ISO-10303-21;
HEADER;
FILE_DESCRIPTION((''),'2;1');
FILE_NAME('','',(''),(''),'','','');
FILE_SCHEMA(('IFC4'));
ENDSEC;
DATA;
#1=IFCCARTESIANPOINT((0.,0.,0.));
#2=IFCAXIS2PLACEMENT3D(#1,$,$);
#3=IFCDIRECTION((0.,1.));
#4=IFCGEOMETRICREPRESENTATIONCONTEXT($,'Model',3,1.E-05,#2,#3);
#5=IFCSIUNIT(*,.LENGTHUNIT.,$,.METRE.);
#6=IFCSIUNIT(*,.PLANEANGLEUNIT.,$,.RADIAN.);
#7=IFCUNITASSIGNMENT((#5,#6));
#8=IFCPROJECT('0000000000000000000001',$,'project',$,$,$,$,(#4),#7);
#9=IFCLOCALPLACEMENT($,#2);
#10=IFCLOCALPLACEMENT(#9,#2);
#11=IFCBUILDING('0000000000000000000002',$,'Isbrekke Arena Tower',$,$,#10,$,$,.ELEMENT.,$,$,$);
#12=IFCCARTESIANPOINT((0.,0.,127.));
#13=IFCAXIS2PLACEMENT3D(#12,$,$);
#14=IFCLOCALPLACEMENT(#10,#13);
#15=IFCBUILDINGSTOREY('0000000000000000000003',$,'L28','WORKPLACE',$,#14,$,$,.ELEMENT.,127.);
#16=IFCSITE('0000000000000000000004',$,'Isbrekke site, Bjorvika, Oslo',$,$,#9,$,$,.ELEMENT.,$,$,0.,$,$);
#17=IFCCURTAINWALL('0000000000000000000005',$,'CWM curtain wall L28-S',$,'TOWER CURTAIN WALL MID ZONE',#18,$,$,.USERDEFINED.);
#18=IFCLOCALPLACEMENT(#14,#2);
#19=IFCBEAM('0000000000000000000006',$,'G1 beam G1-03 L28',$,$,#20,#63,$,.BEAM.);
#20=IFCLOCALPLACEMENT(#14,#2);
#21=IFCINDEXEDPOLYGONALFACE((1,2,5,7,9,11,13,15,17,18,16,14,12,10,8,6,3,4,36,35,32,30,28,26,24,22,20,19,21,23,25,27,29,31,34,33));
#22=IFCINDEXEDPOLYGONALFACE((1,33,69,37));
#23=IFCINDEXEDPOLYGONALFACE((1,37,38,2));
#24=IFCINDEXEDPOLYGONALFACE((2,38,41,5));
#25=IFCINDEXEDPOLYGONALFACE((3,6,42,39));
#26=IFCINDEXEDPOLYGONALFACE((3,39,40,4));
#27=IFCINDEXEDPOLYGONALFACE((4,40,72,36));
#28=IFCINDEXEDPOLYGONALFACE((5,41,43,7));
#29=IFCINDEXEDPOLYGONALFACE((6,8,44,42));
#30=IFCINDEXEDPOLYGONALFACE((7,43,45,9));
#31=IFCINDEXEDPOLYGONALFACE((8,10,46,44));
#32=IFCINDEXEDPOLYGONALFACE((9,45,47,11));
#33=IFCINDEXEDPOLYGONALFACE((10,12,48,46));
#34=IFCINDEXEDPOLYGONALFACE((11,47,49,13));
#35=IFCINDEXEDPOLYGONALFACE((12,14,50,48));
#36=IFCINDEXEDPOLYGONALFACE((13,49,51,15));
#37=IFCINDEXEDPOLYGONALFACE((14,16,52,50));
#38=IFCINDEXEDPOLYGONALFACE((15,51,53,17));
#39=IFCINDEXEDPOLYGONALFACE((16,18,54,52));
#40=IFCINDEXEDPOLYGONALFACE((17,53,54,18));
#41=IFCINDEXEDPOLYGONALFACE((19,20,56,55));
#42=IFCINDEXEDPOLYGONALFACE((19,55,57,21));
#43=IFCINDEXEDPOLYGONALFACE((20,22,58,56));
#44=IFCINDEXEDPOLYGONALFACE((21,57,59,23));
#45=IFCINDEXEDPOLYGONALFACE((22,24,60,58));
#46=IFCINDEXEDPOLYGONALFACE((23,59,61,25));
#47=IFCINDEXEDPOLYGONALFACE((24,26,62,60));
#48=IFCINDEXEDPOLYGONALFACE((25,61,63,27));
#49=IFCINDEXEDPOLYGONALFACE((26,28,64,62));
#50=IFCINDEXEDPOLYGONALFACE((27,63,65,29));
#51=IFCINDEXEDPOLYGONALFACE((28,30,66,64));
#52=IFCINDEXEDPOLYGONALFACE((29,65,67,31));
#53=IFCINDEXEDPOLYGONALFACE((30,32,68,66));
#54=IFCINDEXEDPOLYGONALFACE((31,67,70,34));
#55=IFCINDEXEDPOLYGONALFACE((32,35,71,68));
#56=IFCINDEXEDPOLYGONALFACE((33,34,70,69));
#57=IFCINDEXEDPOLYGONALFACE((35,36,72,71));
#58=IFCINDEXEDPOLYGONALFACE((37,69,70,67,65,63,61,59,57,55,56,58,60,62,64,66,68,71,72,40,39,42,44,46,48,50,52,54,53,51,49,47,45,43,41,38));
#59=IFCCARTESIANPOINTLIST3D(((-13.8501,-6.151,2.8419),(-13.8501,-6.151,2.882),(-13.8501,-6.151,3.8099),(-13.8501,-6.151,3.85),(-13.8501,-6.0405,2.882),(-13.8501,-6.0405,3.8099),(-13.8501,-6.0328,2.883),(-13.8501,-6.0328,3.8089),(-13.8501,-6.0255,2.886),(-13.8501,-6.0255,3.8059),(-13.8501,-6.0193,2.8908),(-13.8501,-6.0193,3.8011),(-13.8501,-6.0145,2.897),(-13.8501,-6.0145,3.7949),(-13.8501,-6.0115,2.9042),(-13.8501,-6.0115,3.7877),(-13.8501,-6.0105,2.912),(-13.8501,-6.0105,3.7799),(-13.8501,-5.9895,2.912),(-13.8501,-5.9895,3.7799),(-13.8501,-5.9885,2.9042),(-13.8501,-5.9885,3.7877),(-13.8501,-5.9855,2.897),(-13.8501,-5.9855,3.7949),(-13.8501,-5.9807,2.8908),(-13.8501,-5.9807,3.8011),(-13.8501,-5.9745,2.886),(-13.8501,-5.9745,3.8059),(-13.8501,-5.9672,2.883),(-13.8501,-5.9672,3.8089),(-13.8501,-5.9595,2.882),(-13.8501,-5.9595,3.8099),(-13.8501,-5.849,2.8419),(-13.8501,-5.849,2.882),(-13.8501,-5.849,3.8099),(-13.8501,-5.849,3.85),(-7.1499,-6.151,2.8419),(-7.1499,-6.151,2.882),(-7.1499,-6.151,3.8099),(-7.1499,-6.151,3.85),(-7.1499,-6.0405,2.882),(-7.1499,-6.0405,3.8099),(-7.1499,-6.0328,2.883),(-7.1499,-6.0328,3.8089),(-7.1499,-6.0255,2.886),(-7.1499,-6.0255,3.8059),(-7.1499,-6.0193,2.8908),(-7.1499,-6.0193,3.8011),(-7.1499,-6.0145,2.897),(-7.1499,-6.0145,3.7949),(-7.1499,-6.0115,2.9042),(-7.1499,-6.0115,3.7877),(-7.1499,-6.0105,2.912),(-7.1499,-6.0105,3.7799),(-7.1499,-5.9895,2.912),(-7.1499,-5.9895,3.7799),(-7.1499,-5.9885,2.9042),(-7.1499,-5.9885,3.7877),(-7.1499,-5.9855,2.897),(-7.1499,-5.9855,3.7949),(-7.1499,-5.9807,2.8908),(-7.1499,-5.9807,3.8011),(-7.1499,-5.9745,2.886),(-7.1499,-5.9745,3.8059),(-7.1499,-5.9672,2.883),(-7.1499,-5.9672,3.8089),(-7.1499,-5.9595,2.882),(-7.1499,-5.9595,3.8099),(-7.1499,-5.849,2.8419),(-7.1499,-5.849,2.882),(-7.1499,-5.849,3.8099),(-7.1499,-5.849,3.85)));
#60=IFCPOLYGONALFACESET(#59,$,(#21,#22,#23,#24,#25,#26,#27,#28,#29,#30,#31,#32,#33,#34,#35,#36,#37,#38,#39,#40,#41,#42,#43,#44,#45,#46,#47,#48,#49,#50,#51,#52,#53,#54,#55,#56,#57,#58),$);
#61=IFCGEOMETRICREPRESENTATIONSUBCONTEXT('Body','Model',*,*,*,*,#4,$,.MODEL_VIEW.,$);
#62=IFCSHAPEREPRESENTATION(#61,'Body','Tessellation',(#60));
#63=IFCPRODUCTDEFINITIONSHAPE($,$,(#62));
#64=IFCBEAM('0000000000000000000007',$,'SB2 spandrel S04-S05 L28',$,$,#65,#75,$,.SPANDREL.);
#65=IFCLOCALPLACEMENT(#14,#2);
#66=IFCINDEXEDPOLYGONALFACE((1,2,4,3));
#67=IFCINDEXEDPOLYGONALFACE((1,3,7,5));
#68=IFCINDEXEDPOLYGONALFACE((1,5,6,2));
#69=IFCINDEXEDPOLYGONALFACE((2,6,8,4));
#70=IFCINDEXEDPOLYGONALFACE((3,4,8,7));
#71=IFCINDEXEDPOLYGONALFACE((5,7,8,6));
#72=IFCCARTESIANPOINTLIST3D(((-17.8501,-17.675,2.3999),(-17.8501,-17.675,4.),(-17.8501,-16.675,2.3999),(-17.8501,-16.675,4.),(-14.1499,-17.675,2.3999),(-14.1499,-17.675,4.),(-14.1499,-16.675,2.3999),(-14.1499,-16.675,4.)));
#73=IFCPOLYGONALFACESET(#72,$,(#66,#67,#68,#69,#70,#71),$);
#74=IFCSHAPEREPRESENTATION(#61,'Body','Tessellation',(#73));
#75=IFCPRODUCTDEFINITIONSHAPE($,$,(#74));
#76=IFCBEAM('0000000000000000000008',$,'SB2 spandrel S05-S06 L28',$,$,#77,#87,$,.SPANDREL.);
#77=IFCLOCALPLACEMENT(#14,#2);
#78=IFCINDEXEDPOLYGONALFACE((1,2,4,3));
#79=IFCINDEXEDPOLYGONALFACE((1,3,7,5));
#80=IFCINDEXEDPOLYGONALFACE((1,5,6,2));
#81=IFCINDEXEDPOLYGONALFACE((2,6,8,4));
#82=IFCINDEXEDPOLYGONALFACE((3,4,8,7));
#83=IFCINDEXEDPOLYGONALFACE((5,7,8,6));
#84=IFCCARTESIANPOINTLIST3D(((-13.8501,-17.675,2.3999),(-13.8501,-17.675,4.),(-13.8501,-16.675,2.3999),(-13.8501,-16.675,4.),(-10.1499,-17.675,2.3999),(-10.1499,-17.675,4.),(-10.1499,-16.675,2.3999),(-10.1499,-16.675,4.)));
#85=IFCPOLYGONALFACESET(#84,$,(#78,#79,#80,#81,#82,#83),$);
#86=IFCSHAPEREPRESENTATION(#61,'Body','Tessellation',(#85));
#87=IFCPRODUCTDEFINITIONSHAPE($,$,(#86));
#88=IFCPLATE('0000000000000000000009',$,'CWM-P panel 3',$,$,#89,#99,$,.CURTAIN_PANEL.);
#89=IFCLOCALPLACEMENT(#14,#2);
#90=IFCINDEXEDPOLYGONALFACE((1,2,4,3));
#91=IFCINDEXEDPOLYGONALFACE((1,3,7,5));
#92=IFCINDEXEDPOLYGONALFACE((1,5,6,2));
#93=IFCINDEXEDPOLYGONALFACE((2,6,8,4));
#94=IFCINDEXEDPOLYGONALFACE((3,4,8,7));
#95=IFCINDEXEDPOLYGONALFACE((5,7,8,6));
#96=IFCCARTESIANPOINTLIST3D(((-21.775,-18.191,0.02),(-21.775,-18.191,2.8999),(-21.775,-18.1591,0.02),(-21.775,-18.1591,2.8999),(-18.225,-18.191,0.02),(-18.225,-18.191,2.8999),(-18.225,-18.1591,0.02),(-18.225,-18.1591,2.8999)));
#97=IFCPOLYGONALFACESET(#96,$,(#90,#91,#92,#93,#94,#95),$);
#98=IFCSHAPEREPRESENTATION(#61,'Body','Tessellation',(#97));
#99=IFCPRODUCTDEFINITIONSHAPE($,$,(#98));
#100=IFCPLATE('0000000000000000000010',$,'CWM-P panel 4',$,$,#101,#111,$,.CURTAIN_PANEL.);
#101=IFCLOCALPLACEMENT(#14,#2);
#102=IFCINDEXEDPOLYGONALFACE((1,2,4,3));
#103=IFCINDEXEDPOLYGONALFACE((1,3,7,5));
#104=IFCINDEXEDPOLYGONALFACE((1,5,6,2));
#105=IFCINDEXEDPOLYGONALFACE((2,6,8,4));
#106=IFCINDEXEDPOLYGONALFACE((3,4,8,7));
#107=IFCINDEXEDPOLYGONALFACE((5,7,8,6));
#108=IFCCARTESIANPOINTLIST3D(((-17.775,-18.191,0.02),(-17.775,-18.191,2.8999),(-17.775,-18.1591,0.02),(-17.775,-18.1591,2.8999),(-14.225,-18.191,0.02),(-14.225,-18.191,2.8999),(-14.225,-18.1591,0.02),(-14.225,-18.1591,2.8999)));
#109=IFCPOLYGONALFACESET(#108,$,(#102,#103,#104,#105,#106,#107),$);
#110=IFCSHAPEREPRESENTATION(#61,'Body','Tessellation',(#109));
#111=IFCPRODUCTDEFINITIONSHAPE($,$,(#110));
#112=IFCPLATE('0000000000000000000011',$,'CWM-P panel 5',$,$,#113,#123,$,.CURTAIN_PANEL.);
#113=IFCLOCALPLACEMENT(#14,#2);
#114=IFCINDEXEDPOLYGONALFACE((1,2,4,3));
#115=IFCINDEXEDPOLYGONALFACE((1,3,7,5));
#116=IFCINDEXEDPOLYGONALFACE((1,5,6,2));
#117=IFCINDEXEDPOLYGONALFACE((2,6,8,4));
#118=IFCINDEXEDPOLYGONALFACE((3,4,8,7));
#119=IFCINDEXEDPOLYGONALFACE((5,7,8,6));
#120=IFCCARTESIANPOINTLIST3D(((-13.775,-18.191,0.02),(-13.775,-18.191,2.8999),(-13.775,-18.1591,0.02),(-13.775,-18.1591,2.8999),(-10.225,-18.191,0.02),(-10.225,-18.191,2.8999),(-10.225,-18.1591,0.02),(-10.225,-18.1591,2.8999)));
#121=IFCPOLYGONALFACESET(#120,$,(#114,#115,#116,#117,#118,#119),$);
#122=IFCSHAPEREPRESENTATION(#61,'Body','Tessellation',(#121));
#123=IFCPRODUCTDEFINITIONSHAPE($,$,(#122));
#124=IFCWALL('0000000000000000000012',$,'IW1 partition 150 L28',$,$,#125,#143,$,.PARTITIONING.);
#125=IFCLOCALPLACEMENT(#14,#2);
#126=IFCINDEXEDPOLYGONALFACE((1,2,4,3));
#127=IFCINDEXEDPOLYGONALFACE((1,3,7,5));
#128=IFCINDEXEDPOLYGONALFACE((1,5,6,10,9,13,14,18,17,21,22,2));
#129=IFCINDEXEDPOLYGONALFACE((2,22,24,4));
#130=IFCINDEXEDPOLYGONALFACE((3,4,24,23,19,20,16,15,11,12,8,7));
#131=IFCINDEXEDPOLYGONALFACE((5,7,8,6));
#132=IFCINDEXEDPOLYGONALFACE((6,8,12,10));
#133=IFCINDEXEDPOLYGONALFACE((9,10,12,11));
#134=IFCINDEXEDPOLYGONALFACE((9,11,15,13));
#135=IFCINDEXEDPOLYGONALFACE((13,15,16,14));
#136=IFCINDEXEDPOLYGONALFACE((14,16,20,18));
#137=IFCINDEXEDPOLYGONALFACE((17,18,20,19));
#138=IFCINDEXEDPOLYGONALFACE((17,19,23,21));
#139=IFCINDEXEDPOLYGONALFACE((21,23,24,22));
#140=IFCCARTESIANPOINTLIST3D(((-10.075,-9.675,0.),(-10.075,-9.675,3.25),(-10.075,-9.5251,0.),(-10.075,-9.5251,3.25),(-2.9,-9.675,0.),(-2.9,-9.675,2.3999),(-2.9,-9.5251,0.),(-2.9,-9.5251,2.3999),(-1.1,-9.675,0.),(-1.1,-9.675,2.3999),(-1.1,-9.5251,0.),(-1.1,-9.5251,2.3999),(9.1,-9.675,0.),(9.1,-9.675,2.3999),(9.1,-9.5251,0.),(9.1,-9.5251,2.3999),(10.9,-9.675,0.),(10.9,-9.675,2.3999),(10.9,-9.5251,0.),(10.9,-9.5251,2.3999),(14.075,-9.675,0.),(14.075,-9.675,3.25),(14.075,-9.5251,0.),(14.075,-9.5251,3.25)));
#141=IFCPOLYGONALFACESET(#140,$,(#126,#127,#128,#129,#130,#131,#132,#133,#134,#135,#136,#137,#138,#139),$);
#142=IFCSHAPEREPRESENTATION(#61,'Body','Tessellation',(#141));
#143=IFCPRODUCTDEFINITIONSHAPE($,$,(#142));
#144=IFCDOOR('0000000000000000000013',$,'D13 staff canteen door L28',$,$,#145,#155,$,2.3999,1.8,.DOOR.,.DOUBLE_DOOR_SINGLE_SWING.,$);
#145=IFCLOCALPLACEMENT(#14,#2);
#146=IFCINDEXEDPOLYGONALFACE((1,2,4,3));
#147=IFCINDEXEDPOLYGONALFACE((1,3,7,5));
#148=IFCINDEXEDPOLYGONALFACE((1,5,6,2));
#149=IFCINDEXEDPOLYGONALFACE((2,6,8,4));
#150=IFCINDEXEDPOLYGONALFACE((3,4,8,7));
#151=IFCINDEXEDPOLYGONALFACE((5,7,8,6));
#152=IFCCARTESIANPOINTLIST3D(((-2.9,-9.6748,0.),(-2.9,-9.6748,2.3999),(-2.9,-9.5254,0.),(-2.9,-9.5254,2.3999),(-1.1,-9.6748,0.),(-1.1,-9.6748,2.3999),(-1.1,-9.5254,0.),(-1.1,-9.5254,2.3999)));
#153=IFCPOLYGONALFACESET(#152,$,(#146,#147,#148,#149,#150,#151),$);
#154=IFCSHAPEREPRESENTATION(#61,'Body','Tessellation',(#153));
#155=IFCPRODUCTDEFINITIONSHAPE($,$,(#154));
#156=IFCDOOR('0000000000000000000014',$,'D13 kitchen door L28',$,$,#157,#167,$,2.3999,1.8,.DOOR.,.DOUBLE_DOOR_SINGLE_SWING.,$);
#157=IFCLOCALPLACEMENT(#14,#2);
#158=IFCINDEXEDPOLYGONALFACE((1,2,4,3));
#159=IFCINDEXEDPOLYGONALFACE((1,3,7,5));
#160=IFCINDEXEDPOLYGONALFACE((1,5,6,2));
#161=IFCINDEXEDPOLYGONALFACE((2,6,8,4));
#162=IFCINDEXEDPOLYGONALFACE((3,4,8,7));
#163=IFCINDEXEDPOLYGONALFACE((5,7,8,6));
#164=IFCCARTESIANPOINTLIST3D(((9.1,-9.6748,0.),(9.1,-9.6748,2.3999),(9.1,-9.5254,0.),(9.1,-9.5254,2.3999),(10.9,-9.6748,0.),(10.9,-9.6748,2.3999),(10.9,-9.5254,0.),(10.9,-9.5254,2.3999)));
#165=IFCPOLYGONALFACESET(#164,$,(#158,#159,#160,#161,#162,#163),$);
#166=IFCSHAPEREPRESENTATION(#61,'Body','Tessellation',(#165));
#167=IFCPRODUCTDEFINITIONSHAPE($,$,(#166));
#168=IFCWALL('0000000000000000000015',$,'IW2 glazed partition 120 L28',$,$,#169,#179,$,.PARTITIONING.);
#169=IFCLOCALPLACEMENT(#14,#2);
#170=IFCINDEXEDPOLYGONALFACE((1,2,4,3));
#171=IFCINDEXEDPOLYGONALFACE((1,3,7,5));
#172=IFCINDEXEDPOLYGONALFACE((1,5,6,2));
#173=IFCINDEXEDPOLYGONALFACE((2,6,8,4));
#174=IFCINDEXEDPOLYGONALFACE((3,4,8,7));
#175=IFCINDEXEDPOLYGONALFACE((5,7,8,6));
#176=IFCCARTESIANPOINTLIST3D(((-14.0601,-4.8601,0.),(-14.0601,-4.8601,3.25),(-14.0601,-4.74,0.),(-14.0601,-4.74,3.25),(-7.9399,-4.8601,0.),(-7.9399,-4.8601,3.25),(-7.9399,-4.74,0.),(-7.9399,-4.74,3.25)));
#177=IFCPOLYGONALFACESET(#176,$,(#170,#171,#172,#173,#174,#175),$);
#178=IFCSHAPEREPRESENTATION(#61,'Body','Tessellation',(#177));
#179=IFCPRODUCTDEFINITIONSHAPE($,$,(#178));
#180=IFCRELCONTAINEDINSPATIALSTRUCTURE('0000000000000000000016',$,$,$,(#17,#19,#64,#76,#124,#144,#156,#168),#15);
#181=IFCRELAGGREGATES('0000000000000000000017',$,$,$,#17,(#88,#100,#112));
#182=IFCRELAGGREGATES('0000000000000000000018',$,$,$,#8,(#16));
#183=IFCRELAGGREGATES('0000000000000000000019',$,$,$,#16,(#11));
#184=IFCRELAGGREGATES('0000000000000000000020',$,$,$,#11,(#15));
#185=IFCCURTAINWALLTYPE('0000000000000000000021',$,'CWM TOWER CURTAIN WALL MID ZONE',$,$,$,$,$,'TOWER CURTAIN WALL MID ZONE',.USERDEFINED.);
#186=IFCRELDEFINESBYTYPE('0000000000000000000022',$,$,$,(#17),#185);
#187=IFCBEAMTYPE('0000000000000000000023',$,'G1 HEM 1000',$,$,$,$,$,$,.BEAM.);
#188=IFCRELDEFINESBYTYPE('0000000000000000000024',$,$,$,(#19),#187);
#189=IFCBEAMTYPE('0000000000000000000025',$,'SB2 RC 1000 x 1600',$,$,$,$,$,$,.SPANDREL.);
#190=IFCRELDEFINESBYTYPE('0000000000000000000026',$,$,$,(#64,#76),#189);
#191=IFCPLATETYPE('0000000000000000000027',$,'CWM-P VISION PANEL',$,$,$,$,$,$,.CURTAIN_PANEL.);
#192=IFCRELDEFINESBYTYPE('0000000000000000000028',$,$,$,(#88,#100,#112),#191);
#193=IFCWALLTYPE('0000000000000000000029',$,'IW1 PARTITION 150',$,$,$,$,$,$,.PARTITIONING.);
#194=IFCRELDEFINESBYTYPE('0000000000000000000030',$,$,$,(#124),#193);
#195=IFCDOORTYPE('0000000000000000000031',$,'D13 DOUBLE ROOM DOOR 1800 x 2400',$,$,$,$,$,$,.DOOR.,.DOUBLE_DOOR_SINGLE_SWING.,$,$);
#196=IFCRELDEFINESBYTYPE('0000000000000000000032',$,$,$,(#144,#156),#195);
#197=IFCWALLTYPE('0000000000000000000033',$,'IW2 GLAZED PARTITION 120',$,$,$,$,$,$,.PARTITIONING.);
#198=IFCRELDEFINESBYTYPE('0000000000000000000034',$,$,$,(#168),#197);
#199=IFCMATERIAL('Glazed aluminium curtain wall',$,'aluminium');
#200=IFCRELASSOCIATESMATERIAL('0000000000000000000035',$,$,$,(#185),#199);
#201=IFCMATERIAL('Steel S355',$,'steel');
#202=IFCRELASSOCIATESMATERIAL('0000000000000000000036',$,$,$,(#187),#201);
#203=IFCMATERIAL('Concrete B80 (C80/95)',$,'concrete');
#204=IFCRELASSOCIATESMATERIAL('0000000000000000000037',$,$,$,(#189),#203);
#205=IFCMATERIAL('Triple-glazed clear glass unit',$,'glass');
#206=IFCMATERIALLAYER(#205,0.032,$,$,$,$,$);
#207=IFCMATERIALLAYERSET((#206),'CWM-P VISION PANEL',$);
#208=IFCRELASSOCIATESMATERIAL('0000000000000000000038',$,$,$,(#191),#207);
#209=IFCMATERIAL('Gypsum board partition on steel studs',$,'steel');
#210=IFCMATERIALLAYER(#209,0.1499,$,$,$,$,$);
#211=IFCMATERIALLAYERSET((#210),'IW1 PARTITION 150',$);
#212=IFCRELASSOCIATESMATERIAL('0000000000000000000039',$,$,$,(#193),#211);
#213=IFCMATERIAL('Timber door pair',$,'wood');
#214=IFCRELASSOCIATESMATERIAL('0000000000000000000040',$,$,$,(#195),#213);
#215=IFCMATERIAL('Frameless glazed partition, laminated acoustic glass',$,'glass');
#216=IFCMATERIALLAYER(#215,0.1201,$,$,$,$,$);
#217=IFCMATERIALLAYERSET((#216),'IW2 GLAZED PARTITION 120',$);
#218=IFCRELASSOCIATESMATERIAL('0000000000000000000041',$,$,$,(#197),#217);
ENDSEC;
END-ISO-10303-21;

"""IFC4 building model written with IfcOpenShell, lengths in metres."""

from ifc_helpers import new_model, si_unit, direction, frame, frame_2d, origin, origin_2d, place, context, subcontext, project, spatial, rectangle, i_section, extrude, material, layer, layer_set, material_profile, profile_set, type_object, element, fill, aggregate, save


model = new_model("IFC4")

# Units and contexts
model_context = context("Model", 3, precision=1e-05, world=origin(), true_north=direction((0.0, 1.0)))
body_context = subcontext(model_context, "Body", "Model", "MODEL_VIEW")
ifc_project = project(units=[si_unit("LENGTHUNIT", "METRE"), si_unit("PLANEANGLEUNIT", "RADIAN")], contexts=[model_context])

# Site, building, storey
site_placement = place(None, origin())
site = spatial("IfcSite", under=ifc_project, at=site_placement, Name="Isbrekke site, Bjorvika, Oslo", CompositionType="ELEMENT", RefElevation=0.0)
building_placement = place(site_placement, origin())
building = spatial("IfcBuilding", under=site, at=building_placement, Name="Isbrekke Arena Tower", CompositionType="ELEMENT")
storey_placement = place(building_placement, frame((0.0, 0.0, 127.0)))
storey = spatial("IfcBuildingStorey", under=building, at=storey_placement, Name="L28", Description="WORKPLACE", CompositionType="ELEMENT", Elevation=127.0)

# Curtain wall
ifc_material_1 = material(Name="Glazed aluminium curtain wall", Category="aluminium")
curtain_wall_type = type_object("IfcCurtainWallType", Name="CWM TOWER CURTAIN WALL MID ZONE", ElementType="TOWER CURTAIN WALL MID ZONE", PredefinedType="USERDEFINED", material=ifc_material_1)
curtain_wall_placement = place(storey_placement, origin())
curtain_wall = element("IfcCurtainWall", 1, at=curtain_wall_placement, inside=storey, type_object=curtain_wall_type, Name="CWM curtain wall L28-S", ObjectType="TOWER CURTAIN WALL MID ZONE", PredefinedType="USERDEFINED")

# Beams
ifc_material_2 = material(Name="Steel S355", Category="steel")
ifc_material_profile_1 = material_profile(ifc_material_2, i_section(OverallWidth=0.302, OverallDepth=1.0081, WebThickness=0.021, FlangeThickness=0.04, FilletRadius=0.03, at=origin_2d()), Name="HEM 1000")
ifc_profile_set_1 = profile_set([ifc_material_profile_1], Name="Steel S355")
beam_type_1 = type_object("IfcBeamType", Name="G1 HEM 1000", PredefinedType="BEAM", material=ifc_profile_set_1)
for number, where, z_axis, x_axis, name in (
    (2, (-13.8501, -6.0, 3.3459), (1.0, 0.0, 0.0), (0.0, 1.0, 0.0), "G1 beam G1-03 L28"),
):
    element("IfcBeam", number, at=place(storey_placement, frame(where, z_axis=z_axis, x_axis=x_axis)), inside=storey, type_object=beam_type_1, Name=name, PredefinedType="BEAM", context=body_context, shape_type="SweptSolid", body=[
        extrude(i_section(OverallWidth=0.302, OverallDepth=1.0081, WebThickness=0.021, FlangeThickness=0.04, FilletRadius=0.03, at=origin_2d()), origin(), (0.0, 0.0, 1.0), 6.7002),
    ])
ifc_material_3 = material(Name="Concrete B80 (C80/95)", Category="concrete")
ifc_material_profile_2 = material_profile(ifc_material_3, rectangle(XDim=1.0, YDim=1.6001, at=origin_2d()), Name="RC 1000x1600")
ifc_profile_set_2 = profile_set([ifc_material_profile_2], Name="Concrete B80 (C80/95)")
beam_type_2 = type_object("IfcBeamType", Name="SB2 RC 1000 x 1600", PredefinedType="SPANDREL", material=ifc_profile_set_2)
for number, where, z_axis, x_axis, name in (
    (3, (-17.8501, -17.175, 3.2), (1.0, 0.0, 0.0), (0.0, 1.0, 0.0), "SB2 spandrel S04-S05 L28"),
    (4, (-13.8501, -17.175, 3.2), (1.0, 0.0, 0.0), (0.0, 1.0, 0.0), "SB2 spandrel S05-S06 L28"),
):
    element("IfcBeam", number, at=place(storey_placement, frame(where, z_axis=z_axis, x_axis=x_axis)), inside=storey, type_object=beam_type_2, Name=name, PredefinedType="SPANDREL", context=body_context, shape_type="SweptSolid", body=[
        extrude(rectangle(XDim=1.0, YDim=1.6001, at=origin_2d()), origin(), (0.0, 0.0, 1.0), 3.7002),
    ])

# Plates
ifc_material_4 = material(Name="Triple-glazed clear glass unit", Category="glass")
ifc_layer_1 = layer(ifc_material_4, 0.032)
ifc_layer_set_1 = layer_set([ifc_layer_1], Name="CWM-P VISION PANEL")
plate_type = type_object("IfcPlateType", Name="CWM-P VISION PANEL", PredefinedType="CURTAIN_PANEL", material=ifc_layer_set_1)
plate_1_placement = place(storey_placement, frame((-20.0, -18.175, 0.02), z_axis=(0.0, 0.0, 1.0), x_axis=(1.0, 0.0, 0.0)))
plate_1 = element("IfcPlate", 5, at=plate_1_placement, type_object=plate_type, Name="CWM-P panel 3", PredefinedType="CURTAIN_PANEL", context=body_context, shape_type="SweptSolid", body=[
    extrude(rectangle(XDim=3.55, YDim=0.032, at=origin_2d()), origin(), (0.0, 0.0, 1.0), 2.8799),
])
plate_2_placement = place(storey_placement, frame((-16.0, -18.175, 0.02), z_axis=(0.0, 0.0, 1.0), x_axis=(1.0, 0.0, 0.0)))
plate_2 = element("IfcPlate", 6, at=plate_2_placement, type_object=plate_type, Name="CWM-P panel 4", PredefinedType="CURTAIN_PANEL", context=body_context, shape_type="SweptSolid", body=[
    extrude(rectangle(XDim=3.55, YDim=0.032, at=origin_2d()), origin(), (0.0, 0.0, 1.0), 2.8799),
])
plate_3_placement = place(storey_placement, frame((-12.0, -18.175, 0.02), z_axis=(0.0, 0.0, 1.0), x_axis=(1.0, 0.0, 0.0)))
plate_3 = element("IfcPlate", 7, at=plate_3_placement, type_object=plate_type, Name="CWM-P panel 5", PredefinedType="CURTAIN_PANEL", context=body_context, shape_type="SweptSolid", body=[
    extrude(rectangle(XDim=3.55, YDim=0.032, at=origin_2d()), origin(), (0.0, 0.0, 1.0), 2.8799),
])
aggregate(curtain_wall, [plate_1, plate_2, plate_3])

# Wall, openings, doors
ifc_material_5 = material(Name="Gypsum board partition on steel studs", Category="steel")
ifc_layer_2 = layer(ifc_material_5, 0.1499)
ifc_layer_set_2 = layer_set([ifc_layer_2], Name="IW1 PARTITION 150")
wall_type_1 = type_object("IfcWallType", Name="IW1 PARTITION 150", PredefinedType="PARTITIONING", material=ifc_layer_set_2)
wall_1_placement = place(storey_placement, frame((-10.075, -9.6001, 0.0), z_axis=(0.0, 0.0, 1.0), x_axis=(1.0, 0.0, 0.0)))
wall_1 = element("IfcWall", 8, at=wall_1_placement, inside=storey, type_object=wall_type_1, Name="IW1 partition 150 L28", PredefinedType="PARTITIONING", context=body_context, shape_type="SweptSolid", body=[
    extrude(rectangle(XDim=24.1499, YDim=0.1499, at=frame_2d((12.075, 0.0))), origin(), (0.0, 0.0, 1.0), 3.25),
])
opening_1_placement = place(wall_1_placement, frame((7.175, 0.0, 0.0)))
opening_1 = element("IfcOpeningElement", 9, at=opening_1_placement, cuts=wall_1, PredefinedType="OPENING", context=body_context, shape_type="SweptSolid", body=[
    extrude(rectangle(XDim=1.8, YDim=2.3999, at=frame_2d((0.8999, 1.2))), frame((0.0, 0.0898, 0.0), z_axis=(0.0, -1.0, 0.0), x_axis=(1.0, 0.0, 0.0)), (0.0, 0.0, 1.0), 0.1797),
])
opening_2_placement = place(wall_1_placement, frame((19.175, 0.0, 0.0)))
opening_2 = element("IfcOpeningElement", 10, at=opening_2_placement, cuts=wall_1, PredefinedType="OPENING", context=body_context, shape_type="SweptSolid", body=[
    extrude(rectangle(XDim=1.8, YDim=2.3999, at=frame_2d((0.8999, 1.2))), frame((0.0, 0.0898, 0.0), z_axis=(0.0, -1.0, 0.0), x_axis=(1.0, 0.0, 0.0)), (0.0, 0.0, 1.0), 0.1797),
])
ifc_material_6 = material(Name="Timber door pair", Category="wood")
door_type_1 = type_object("IfcDoorType", Name="D13 DOUBLE ROOM DOOR 1800 x 2400", OperationType="DOUBLE_DOOR_SINGLE_SWING", PredefinedType="DOOR", material=ifc_material_6)
door_1_placement = place(opening_1_placement, origin())
door_1 = element("IfcDoor", 11, at=door_1_placement, inside=storey, type_object=door_type_1, Name="D13 staff canteen door L28", OperationType="DOUBLE_DOOR_SINGLE_SWING", OverallHeight=2.3999, OverallWidth=1.8, PredefinedType="DOOR", context=body_context, shape_type="SweptSolid", body=[
    extrude(rectangle(XDim=1.8, YDim=2.3999, at=frame_2d((0.8999, 1.2))), frame((0.0, 0.0747, 0.0), z_axis=(0.0, -1.0, 0.0), x_axis=(1.0, 0.0, 0.0)), (0.0, 0.0, 1.0), 0.1494),
])
fill(opening_1, door_1)
door_2_placement = place(opening_2_placement, origin())
door_2 = element("IfcDoor", 12, at=door_2_placement, inside=storey, type_object=door_type_1, Name="D13 kitchen door L28", OperationType="DOUBLE_DOOR_SINGLE_SWING", OverallHeight=2.3999, OverallWidth=1.8, PredefinedType="DOOR", context=body_context, shape_type="SweptSolid", body=[
    extrude(rectangle(XDim=1.8, YDim=2.3999, at=frame_2d((0.8999, 1.2))), frame((0.0, 0.0747, 0.0), z_axis=(0.0, -1.0, 0.0), x_axis=(1.0, 0.0, 0.0)), (0.0, 0.0, 1.0), 0.1494),
])
fill(opening_2, door_2)

# Wall
ifc_material_7 = material(Name="Frameless glazed partition, laminated acoustic glass", Category="glass")
ifc_layer_3 = layer(ifc_material_7, 0.1201)
ifc_layer_set_3 = layer_set([ifc_layer_3], Name="IW2 GLAZED PARTITION 120")
wall_type_2 = type_object("IfcWallType", Name="IW2 GLAZED PARTITION 120", PredefinedType="PARTITIONING", material=ifc_layer_set_3)
wall_2_placement = place(storey_placement, frame((-14.0601, -4.8, 0.0), z_axis=(0.0, 0.0, 1.0), x_axis=(1.0, 0.0, 0.0)))
element("IfcWall", 13, at=wall_2_placement, inside=storey, type_object=wall_type_2, Name="IW2 glazed partition 120 L28", PredefinedType="PARTITIONING", context=body_context, shape_type="SweptSolid", body=[
    extrude(rectangle(XDim=6.1201, YDim=0.1201, at=frame_2d((3.0601, 0.0))), origin(), (0.0, 0.0, 1.0), 3.25),
])

save(model, "model.ifc")
